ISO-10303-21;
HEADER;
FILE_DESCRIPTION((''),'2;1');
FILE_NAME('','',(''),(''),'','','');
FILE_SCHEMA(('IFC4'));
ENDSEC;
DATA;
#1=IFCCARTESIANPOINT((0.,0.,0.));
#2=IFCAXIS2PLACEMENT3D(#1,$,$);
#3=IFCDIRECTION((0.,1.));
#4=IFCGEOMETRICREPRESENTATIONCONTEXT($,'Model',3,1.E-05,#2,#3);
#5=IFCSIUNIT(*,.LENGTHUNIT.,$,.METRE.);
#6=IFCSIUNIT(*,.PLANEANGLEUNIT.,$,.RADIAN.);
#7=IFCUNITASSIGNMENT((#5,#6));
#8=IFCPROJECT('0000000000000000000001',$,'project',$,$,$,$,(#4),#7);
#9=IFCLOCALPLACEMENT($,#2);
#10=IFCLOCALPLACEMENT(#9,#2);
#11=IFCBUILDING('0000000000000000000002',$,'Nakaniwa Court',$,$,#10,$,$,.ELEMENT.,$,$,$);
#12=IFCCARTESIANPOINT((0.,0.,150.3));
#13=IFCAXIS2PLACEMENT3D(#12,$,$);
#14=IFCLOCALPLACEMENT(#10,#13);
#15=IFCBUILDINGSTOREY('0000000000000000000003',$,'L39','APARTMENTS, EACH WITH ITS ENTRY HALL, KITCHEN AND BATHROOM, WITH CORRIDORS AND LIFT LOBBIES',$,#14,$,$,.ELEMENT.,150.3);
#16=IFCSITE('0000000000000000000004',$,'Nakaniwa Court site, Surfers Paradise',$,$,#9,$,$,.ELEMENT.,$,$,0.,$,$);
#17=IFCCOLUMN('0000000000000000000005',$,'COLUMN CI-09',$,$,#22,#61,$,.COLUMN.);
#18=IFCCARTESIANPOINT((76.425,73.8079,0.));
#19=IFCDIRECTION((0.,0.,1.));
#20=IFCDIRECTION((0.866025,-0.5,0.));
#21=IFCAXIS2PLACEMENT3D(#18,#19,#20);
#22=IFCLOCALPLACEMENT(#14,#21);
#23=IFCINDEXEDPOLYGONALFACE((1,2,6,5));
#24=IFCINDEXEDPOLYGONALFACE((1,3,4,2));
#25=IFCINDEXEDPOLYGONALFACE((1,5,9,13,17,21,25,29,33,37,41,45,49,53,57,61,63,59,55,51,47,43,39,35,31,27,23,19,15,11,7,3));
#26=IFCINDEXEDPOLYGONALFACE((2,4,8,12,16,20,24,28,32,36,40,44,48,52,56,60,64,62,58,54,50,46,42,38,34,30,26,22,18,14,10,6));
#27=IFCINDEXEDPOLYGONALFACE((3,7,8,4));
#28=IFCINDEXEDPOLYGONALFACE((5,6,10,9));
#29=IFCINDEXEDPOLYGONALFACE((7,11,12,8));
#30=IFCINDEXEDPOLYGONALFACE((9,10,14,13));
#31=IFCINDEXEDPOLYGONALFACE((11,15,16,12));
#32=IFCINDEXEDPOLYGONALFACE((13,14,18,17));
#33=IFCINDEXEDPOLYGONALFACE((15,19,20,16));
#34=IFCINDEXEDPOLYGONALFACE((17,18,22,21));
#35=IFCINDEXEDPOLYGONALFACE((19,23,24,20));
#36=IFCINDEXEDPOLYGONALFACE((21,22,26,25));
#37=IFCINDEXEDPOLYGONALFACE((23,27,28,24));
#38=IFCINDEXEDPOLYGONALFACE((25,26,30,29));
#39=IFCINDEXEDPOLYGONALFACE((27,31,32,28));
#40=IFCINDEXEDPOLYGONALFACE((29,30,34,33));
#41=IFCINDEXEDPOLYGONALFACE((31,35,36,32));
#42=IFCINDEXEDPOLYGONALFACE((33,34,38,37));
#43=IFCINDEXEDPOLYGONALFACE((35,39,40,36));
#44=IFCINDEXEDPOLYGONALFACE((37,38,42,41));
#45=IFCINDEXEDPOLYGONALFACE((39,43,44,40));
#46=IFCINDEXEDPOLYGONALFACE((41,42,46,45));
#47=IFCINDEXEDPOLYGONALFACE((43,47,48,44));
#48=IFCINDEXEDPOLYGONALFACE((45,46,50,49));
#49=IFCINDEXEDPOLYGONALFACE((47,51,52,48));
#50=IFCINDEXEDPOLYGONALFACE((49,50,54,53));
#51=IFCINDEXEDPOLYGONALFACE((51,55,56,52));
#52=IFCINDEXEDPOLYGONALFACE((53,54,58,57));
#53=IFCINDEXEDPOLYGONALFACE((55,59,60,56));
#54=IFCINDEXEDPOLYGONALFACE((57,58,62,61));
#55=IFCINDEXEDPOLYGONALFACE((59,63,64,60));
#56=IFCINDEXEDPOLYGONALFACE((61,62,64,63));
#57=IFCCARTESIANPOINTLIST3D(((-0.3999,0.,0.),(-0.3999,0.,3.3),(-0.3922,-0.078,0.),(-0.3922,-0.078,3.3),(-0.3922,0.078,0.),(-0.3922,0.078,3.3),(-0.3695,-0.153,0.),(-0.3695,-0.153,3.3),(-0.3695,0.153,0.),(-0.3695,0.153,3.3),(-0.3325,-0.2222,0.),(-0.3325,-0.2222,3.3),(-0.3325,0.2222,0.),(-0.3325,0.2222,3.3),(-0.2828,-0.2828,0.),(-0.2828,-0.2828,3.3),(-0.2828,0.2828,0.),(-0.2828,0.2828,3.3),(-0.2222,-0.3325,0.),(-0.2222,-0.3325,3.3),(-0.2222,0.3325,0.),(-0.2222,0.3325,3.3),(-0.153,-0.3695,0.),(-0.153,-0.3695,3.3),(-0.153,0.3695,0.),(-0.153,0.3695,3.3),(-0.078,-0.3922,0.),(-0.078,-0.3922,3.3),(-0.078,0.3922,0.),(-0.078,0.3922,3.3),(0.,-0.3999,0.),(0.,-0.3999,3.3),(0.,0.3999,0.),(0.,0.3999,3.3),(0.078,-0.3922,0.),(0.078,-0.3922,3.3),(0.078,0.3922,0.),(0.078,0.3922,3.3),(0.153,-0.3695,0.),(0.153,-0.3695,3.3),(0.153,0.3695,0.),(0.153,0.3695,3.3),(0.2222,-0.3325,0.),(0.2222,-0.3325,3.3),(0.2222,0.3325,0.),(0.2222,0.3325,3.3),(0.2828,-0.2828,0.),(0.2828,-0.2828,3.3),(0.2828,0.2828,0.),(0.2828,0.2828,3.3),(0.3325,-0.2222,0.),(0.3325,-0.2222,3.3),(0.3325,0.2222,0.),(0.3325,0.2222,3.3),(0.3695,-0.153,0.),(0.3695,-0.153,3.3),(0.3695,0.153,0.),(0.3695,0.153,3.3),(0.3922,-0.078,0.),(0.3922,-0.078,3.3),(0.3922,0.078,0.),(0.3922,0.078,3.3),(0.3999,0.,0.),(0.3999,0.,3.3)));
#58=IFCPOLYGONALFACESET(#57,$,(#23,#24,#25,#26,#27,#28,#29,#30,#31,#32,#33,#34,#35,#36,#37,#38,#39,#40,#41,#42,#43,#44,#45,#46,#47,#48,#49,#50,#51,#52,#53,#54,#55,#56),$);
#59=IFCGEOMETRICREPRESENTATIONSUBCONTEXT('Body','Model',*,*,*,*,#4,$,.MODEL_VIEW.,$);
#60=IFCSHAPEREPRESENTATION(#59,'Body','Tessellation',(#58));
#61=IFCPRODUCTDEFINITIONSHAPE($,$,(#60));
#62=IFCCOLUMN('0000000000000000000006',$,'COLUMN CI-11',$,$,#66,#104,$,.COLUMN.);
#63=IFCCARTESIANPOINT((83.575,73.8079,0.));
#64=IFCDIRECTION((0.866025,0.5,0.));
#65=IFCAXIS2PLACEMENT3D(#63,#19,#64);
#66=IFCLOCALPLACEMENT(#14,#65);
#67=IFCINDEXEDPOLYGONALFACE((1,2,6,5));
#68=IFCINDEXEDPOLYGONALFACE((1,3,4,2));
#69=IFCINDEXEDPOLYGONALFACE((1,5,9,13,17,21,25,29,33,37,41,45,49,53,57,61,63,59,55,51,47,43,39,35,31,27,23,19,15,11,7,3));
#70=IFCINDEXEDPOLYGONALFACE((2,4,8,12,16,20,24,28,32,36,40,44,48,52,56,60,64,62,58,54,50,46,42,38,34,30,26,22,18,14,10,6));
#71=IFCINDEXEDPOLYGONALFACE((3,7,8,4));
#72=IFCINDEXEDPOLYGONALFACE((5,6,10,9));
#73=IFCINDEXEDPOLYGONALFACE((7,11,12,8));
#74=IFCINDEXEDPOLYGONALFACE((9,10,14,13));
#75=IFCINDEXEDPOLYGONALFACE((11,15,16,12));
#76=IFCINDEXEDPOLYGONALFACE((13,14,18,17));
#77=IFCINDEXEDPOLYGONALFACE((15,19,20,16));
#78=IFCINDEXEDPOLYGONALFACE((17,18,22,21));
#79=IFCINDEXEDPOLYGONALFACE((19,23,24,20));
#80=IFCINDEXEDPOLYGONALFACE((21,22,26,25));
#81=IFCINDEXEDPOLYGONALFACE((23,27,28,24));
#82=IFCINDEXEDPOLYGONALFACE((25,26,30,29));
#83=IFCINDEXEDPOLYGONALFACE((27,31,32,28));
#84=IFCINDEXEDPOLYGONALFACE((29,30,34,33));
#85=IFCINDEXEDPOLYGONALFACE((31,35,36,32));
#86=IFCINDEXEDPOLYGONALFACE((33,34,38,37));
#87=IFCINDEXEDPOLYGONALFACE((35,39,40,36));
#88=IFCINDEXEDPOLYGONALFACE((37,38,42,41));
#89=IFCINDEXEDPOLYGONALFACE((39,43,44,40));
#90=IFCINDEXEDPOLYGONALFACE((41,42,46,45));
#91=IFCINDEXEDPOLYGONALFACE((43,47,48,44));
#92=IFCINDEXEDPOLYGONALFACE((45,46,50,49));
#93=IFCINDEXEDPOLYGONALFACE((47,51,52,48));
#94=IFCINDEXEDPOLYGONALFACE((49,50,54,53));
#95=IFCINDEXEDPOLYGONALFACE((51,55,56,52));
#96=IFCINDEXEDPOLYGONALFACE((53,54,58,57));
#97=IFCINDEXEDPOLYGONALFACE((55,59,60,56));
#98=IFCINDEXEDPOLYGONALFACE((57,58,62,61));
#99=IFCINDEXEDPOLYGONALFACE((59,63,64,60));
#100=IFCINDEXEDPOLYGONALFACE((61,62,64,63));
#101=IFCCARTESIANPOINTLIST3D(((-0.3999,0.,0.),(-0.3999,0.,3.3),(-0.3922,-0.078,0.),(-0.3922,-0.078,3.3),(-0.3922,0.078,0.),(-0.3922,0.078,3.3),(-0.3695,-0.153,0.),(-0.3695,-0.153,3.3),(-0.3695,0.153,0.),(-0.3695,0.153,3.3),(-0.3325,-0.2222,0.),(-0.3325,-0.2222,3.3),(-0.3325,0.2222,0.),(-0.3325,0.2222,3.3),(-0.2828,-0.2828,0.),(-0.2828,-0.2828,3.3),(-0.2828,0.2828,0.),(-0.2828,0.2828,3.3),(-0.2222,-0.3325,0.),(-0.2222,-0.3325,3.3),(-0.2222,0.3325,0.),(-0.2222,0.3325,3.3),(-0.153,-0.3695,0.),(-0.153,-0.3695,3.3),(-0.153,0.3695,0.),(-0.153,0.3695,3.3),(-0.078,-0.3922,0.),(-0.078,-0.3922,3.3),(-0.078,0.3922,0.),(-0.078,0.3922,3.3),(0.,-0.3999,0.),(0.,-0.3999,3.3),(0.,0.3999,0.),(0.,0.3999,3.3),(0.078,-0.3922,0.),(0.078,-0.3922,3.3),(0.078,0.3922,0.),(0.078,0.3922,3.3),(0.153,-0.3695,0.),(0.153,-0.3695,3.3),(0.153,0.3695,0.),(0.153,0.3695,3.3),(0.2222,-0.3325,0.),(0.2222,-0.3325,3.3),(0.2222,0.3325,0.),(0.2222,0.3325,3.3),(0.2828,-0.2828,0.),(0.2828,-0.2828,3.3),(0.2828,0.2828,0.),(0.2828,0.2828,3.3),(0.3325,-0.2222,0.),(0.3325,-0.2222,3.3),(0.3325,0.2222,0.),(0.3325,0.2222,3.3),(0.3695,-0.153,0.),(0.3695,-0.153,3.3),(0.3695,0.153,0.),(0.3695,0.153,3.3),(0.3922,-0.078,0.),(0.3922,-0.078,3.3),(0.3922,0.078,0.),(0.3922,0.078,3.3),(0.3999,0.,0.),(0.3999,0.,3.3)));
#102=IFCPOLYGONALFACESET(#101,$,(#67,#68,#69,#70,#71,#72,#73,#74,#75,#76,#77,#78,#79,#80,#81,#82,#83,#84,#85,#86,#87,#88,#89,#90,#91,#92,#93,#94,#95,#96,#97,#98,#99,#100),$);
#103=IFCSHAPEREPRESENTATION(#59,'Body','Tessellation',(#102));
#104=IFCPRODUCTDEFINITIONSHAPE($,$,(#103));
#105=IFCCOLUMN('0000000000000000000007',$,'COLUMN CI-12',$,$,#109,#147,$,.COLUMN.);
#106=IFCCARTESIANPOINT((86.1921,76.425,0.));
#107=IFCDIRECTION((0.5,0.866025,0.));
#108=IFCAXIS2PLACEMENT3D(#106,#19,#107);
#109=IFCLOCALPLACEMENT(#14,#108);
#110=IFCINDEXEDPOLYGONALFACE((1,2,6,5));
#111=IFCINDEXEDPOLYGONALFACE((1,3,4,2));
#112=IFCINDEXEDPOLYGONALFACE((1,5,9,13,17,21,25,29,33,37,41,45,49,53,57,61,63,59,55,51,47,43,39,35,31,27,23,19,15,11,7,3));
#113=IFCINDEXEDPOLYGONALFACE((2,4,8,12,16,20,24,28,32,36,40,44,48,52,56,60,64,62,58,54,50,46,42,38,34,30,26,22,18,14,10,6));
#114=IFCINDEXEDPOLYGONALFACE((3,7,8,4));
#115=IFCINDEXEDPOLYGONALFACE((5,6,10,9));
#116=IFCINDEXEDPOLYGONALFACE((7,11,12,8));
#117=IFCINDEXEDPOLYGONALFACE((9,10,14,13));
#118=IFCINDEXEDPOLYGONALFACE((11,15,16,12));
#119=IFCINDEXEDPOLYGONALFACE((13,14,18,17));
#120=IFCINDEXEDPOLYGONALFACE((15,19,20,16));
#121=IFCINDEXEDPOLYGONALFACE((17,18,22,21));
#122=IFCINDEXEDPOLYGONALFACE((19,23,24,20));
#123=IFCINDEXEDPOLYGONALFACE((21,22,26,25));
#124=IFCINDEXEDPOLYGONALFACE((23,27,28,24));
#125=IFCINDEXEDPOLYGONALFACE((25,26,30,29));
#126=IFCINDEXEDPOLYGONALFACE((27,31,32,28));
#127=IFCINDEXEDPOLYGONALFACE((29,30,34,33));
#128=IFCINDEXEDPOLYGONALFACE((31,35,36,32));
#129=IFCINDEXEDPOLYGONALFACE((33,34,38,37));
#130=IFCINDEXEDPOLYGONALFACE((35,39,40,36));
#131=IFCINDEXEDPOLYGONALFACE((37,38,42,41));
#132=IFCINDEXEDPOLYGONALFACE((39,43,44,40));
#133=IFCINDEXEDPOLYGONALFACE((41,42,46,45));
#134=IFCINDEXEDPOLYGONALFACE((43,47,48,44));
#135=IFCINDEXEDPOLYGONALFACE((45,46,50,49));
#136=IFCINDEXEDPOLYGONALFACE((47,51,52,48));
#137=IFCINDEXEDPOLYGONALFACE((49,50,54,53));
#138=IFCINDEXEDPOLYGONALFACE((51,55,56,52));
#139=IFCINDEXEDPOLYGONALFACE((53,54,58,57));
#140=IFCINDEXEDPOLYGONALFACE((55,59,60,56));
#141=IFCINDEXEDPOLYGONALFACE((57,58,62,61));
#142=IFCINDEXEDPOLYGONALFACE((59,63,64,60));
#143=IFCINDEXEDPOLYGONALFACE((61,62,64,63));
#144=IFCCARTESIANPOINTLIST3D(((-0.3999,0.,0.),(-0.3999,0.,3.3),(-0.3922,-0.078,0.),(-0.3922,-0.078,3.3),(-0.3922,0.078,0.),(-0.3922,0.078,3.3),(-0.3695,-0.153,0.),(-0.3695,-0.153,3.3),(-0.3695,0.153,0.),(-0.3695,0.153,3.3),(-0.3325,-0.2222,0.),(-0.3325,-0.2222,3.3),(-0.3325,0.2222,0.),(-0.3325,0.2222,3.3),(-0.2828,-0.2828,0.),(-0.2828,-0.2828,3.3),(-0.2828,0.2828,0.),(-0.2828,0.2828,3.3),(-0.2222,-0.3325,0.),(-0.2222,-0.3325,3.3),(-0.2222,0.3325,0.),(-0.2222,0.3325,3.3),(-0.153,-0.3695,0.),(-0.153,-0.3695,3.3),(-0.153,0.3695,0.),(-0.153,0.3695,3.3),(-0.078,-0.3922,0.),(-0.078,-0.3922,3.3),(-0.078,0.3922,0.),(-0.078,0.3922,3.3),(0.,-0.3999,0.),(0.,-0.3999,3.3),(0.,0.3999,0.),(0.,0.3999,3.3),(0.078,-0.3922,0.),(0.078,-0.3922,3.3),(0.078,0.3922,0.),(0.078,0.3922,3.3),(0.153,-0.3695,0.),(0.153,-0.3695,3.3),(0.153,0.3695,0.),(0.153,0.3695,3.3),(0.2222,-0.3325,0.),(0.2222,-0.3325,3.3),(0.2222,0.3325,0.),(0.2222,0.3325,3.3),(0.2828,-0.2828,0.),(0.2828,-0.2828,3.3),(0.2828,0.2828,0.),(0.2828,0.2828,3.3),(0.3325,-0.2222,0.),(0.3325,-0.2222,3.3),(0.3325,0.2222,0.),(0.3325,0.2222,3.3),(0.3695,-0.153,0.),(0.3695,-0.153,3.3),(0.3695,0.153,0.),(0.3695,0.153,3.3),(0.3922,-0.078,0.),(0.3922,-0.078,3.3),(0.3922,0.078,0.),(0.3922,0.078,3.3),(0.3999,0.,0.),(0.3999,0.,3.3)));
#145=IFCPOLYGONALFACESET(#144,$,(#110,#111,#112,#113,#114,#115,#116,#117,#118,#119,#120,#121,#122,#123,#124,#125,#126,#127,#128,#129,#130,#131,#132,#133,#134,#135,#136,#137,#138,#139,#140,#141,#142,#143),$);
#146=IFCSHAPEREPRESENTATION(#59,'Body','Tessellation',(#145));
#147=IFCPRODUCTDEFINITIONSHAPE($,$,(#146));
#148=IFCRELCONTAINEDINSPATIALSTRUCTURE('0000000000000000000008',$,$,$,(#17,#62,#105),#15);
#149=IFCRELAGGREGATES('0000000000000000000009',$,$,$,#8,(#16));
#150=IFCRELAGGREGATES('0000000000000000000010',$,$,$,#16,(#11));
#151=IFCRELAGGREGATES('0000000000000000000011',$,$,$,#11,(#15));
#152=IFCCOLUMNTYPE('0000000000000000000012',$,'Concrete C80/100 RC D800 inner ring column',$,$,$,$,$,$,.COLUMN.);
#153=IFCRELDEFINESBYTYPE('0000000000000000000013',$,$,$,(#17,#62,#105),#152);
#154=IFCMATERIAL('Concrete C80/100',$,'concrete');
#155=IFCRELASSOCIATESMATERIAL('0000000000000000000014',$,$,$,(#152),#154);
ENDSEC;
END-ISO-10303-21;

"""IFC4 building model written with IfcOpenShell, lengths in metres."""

from ifc_helpers import new_model, si_unit, direction, frame, origin, origin_2d, place, context, subcontext, project, spatial, circle, extrude, material, material_profile, profile_set, type_object, element, save


model = new_model("IFC4")

# Units and contexts
model_context = context("Model", 3, precision=1e-05, world=origin(), true_north=direction((0.0, 1.0)))
body_context = subcontext(model_context, "Body", "Model", "MODEL_VIEW")
ifc_project = project(units=[si_unit("LENGTHUNIT", "METRE"), si_unit("PLANEANGLEUNIT", "RADIAN")], contexts=[model_context])

# Site, building, storey
site_placement = place(None, origin())
site = spatial("IfcSite", under=ifc_project, at=site_placement, Name="Nakaniwa Court site, Surfers Paradise", CompositionType="ELEMENT", RefElevation=0.0)
building_placement = place(site_placement, origin())
building = spatial("IfcBuilding", under=site, at=building_placement, Name="Nakaniwa Court", CompositionType="ELEMENT")
storey_placement = place(building_placement, frame((0.0, 0.0, 150.3)))
storey = spatial("IfcBuildingStorey", under=building, at=storey_placement, Name="L39", Description="APARTMENTS, EACH WITH ITS ENTRY HALL, KITCHEN AND BATHROOM, WITH CORRIDORS AND LIFT LOBBIES", CompositionType="ELEMENT", Elevation=150.3)

# Columns
ifc_material_1 = material(Name="Concrete C80/100", Category="concrete")
ifc_material_profile_1 = material_profile(ifc_material_1, circle(Radius=0.3999, at=origin_2d()), Name="Concrete C80/100 RC D800 inner ring column")
ifc_profile_set_1 = profile_set([ifc_material_profile_1], Name="Concrete C80/100")
column_type = type_object("IfcColumnType", Name="Concrete C80/100 RC D800 inner ring column", PredefinedType="COLUMN", material=ifc_profile_set_1)
for number, where, z_axis, x_axis, name in (
    (1, (76.425, 73.8079, 0.0), (0.0, 0.0, 1.0), (0.866025, -0.5, 0.0), "COLUMN CI-09"),
    (2, (83.575, 73.8079, 0.0), (0.0, 0.0, 1.0), (0.866025, 0.5, 0.0), "COLUMN CI-11"),
    (3, (86.1921, 76.425, 0.0), (0.0, 0.0, 1.0), (0.5, 0.866025, 0.0), "COLUMN CI-12"),
):
    element("IfcColumn", number, at=place(storey_placement, frame(where, z_axis=z_axis, x_axis=x_axis)), inside=storey, type_object=column_type, Name=name, PredefinedType="COLUMN", context=body_context, shape_type="SweptSolid", body=[
        extrude(circle(Radius=0.3999, at=origin_2d()), origin(), (0.0, 0.0, 1.0), 3.3),
    ])

save(model, "model.ifc")
